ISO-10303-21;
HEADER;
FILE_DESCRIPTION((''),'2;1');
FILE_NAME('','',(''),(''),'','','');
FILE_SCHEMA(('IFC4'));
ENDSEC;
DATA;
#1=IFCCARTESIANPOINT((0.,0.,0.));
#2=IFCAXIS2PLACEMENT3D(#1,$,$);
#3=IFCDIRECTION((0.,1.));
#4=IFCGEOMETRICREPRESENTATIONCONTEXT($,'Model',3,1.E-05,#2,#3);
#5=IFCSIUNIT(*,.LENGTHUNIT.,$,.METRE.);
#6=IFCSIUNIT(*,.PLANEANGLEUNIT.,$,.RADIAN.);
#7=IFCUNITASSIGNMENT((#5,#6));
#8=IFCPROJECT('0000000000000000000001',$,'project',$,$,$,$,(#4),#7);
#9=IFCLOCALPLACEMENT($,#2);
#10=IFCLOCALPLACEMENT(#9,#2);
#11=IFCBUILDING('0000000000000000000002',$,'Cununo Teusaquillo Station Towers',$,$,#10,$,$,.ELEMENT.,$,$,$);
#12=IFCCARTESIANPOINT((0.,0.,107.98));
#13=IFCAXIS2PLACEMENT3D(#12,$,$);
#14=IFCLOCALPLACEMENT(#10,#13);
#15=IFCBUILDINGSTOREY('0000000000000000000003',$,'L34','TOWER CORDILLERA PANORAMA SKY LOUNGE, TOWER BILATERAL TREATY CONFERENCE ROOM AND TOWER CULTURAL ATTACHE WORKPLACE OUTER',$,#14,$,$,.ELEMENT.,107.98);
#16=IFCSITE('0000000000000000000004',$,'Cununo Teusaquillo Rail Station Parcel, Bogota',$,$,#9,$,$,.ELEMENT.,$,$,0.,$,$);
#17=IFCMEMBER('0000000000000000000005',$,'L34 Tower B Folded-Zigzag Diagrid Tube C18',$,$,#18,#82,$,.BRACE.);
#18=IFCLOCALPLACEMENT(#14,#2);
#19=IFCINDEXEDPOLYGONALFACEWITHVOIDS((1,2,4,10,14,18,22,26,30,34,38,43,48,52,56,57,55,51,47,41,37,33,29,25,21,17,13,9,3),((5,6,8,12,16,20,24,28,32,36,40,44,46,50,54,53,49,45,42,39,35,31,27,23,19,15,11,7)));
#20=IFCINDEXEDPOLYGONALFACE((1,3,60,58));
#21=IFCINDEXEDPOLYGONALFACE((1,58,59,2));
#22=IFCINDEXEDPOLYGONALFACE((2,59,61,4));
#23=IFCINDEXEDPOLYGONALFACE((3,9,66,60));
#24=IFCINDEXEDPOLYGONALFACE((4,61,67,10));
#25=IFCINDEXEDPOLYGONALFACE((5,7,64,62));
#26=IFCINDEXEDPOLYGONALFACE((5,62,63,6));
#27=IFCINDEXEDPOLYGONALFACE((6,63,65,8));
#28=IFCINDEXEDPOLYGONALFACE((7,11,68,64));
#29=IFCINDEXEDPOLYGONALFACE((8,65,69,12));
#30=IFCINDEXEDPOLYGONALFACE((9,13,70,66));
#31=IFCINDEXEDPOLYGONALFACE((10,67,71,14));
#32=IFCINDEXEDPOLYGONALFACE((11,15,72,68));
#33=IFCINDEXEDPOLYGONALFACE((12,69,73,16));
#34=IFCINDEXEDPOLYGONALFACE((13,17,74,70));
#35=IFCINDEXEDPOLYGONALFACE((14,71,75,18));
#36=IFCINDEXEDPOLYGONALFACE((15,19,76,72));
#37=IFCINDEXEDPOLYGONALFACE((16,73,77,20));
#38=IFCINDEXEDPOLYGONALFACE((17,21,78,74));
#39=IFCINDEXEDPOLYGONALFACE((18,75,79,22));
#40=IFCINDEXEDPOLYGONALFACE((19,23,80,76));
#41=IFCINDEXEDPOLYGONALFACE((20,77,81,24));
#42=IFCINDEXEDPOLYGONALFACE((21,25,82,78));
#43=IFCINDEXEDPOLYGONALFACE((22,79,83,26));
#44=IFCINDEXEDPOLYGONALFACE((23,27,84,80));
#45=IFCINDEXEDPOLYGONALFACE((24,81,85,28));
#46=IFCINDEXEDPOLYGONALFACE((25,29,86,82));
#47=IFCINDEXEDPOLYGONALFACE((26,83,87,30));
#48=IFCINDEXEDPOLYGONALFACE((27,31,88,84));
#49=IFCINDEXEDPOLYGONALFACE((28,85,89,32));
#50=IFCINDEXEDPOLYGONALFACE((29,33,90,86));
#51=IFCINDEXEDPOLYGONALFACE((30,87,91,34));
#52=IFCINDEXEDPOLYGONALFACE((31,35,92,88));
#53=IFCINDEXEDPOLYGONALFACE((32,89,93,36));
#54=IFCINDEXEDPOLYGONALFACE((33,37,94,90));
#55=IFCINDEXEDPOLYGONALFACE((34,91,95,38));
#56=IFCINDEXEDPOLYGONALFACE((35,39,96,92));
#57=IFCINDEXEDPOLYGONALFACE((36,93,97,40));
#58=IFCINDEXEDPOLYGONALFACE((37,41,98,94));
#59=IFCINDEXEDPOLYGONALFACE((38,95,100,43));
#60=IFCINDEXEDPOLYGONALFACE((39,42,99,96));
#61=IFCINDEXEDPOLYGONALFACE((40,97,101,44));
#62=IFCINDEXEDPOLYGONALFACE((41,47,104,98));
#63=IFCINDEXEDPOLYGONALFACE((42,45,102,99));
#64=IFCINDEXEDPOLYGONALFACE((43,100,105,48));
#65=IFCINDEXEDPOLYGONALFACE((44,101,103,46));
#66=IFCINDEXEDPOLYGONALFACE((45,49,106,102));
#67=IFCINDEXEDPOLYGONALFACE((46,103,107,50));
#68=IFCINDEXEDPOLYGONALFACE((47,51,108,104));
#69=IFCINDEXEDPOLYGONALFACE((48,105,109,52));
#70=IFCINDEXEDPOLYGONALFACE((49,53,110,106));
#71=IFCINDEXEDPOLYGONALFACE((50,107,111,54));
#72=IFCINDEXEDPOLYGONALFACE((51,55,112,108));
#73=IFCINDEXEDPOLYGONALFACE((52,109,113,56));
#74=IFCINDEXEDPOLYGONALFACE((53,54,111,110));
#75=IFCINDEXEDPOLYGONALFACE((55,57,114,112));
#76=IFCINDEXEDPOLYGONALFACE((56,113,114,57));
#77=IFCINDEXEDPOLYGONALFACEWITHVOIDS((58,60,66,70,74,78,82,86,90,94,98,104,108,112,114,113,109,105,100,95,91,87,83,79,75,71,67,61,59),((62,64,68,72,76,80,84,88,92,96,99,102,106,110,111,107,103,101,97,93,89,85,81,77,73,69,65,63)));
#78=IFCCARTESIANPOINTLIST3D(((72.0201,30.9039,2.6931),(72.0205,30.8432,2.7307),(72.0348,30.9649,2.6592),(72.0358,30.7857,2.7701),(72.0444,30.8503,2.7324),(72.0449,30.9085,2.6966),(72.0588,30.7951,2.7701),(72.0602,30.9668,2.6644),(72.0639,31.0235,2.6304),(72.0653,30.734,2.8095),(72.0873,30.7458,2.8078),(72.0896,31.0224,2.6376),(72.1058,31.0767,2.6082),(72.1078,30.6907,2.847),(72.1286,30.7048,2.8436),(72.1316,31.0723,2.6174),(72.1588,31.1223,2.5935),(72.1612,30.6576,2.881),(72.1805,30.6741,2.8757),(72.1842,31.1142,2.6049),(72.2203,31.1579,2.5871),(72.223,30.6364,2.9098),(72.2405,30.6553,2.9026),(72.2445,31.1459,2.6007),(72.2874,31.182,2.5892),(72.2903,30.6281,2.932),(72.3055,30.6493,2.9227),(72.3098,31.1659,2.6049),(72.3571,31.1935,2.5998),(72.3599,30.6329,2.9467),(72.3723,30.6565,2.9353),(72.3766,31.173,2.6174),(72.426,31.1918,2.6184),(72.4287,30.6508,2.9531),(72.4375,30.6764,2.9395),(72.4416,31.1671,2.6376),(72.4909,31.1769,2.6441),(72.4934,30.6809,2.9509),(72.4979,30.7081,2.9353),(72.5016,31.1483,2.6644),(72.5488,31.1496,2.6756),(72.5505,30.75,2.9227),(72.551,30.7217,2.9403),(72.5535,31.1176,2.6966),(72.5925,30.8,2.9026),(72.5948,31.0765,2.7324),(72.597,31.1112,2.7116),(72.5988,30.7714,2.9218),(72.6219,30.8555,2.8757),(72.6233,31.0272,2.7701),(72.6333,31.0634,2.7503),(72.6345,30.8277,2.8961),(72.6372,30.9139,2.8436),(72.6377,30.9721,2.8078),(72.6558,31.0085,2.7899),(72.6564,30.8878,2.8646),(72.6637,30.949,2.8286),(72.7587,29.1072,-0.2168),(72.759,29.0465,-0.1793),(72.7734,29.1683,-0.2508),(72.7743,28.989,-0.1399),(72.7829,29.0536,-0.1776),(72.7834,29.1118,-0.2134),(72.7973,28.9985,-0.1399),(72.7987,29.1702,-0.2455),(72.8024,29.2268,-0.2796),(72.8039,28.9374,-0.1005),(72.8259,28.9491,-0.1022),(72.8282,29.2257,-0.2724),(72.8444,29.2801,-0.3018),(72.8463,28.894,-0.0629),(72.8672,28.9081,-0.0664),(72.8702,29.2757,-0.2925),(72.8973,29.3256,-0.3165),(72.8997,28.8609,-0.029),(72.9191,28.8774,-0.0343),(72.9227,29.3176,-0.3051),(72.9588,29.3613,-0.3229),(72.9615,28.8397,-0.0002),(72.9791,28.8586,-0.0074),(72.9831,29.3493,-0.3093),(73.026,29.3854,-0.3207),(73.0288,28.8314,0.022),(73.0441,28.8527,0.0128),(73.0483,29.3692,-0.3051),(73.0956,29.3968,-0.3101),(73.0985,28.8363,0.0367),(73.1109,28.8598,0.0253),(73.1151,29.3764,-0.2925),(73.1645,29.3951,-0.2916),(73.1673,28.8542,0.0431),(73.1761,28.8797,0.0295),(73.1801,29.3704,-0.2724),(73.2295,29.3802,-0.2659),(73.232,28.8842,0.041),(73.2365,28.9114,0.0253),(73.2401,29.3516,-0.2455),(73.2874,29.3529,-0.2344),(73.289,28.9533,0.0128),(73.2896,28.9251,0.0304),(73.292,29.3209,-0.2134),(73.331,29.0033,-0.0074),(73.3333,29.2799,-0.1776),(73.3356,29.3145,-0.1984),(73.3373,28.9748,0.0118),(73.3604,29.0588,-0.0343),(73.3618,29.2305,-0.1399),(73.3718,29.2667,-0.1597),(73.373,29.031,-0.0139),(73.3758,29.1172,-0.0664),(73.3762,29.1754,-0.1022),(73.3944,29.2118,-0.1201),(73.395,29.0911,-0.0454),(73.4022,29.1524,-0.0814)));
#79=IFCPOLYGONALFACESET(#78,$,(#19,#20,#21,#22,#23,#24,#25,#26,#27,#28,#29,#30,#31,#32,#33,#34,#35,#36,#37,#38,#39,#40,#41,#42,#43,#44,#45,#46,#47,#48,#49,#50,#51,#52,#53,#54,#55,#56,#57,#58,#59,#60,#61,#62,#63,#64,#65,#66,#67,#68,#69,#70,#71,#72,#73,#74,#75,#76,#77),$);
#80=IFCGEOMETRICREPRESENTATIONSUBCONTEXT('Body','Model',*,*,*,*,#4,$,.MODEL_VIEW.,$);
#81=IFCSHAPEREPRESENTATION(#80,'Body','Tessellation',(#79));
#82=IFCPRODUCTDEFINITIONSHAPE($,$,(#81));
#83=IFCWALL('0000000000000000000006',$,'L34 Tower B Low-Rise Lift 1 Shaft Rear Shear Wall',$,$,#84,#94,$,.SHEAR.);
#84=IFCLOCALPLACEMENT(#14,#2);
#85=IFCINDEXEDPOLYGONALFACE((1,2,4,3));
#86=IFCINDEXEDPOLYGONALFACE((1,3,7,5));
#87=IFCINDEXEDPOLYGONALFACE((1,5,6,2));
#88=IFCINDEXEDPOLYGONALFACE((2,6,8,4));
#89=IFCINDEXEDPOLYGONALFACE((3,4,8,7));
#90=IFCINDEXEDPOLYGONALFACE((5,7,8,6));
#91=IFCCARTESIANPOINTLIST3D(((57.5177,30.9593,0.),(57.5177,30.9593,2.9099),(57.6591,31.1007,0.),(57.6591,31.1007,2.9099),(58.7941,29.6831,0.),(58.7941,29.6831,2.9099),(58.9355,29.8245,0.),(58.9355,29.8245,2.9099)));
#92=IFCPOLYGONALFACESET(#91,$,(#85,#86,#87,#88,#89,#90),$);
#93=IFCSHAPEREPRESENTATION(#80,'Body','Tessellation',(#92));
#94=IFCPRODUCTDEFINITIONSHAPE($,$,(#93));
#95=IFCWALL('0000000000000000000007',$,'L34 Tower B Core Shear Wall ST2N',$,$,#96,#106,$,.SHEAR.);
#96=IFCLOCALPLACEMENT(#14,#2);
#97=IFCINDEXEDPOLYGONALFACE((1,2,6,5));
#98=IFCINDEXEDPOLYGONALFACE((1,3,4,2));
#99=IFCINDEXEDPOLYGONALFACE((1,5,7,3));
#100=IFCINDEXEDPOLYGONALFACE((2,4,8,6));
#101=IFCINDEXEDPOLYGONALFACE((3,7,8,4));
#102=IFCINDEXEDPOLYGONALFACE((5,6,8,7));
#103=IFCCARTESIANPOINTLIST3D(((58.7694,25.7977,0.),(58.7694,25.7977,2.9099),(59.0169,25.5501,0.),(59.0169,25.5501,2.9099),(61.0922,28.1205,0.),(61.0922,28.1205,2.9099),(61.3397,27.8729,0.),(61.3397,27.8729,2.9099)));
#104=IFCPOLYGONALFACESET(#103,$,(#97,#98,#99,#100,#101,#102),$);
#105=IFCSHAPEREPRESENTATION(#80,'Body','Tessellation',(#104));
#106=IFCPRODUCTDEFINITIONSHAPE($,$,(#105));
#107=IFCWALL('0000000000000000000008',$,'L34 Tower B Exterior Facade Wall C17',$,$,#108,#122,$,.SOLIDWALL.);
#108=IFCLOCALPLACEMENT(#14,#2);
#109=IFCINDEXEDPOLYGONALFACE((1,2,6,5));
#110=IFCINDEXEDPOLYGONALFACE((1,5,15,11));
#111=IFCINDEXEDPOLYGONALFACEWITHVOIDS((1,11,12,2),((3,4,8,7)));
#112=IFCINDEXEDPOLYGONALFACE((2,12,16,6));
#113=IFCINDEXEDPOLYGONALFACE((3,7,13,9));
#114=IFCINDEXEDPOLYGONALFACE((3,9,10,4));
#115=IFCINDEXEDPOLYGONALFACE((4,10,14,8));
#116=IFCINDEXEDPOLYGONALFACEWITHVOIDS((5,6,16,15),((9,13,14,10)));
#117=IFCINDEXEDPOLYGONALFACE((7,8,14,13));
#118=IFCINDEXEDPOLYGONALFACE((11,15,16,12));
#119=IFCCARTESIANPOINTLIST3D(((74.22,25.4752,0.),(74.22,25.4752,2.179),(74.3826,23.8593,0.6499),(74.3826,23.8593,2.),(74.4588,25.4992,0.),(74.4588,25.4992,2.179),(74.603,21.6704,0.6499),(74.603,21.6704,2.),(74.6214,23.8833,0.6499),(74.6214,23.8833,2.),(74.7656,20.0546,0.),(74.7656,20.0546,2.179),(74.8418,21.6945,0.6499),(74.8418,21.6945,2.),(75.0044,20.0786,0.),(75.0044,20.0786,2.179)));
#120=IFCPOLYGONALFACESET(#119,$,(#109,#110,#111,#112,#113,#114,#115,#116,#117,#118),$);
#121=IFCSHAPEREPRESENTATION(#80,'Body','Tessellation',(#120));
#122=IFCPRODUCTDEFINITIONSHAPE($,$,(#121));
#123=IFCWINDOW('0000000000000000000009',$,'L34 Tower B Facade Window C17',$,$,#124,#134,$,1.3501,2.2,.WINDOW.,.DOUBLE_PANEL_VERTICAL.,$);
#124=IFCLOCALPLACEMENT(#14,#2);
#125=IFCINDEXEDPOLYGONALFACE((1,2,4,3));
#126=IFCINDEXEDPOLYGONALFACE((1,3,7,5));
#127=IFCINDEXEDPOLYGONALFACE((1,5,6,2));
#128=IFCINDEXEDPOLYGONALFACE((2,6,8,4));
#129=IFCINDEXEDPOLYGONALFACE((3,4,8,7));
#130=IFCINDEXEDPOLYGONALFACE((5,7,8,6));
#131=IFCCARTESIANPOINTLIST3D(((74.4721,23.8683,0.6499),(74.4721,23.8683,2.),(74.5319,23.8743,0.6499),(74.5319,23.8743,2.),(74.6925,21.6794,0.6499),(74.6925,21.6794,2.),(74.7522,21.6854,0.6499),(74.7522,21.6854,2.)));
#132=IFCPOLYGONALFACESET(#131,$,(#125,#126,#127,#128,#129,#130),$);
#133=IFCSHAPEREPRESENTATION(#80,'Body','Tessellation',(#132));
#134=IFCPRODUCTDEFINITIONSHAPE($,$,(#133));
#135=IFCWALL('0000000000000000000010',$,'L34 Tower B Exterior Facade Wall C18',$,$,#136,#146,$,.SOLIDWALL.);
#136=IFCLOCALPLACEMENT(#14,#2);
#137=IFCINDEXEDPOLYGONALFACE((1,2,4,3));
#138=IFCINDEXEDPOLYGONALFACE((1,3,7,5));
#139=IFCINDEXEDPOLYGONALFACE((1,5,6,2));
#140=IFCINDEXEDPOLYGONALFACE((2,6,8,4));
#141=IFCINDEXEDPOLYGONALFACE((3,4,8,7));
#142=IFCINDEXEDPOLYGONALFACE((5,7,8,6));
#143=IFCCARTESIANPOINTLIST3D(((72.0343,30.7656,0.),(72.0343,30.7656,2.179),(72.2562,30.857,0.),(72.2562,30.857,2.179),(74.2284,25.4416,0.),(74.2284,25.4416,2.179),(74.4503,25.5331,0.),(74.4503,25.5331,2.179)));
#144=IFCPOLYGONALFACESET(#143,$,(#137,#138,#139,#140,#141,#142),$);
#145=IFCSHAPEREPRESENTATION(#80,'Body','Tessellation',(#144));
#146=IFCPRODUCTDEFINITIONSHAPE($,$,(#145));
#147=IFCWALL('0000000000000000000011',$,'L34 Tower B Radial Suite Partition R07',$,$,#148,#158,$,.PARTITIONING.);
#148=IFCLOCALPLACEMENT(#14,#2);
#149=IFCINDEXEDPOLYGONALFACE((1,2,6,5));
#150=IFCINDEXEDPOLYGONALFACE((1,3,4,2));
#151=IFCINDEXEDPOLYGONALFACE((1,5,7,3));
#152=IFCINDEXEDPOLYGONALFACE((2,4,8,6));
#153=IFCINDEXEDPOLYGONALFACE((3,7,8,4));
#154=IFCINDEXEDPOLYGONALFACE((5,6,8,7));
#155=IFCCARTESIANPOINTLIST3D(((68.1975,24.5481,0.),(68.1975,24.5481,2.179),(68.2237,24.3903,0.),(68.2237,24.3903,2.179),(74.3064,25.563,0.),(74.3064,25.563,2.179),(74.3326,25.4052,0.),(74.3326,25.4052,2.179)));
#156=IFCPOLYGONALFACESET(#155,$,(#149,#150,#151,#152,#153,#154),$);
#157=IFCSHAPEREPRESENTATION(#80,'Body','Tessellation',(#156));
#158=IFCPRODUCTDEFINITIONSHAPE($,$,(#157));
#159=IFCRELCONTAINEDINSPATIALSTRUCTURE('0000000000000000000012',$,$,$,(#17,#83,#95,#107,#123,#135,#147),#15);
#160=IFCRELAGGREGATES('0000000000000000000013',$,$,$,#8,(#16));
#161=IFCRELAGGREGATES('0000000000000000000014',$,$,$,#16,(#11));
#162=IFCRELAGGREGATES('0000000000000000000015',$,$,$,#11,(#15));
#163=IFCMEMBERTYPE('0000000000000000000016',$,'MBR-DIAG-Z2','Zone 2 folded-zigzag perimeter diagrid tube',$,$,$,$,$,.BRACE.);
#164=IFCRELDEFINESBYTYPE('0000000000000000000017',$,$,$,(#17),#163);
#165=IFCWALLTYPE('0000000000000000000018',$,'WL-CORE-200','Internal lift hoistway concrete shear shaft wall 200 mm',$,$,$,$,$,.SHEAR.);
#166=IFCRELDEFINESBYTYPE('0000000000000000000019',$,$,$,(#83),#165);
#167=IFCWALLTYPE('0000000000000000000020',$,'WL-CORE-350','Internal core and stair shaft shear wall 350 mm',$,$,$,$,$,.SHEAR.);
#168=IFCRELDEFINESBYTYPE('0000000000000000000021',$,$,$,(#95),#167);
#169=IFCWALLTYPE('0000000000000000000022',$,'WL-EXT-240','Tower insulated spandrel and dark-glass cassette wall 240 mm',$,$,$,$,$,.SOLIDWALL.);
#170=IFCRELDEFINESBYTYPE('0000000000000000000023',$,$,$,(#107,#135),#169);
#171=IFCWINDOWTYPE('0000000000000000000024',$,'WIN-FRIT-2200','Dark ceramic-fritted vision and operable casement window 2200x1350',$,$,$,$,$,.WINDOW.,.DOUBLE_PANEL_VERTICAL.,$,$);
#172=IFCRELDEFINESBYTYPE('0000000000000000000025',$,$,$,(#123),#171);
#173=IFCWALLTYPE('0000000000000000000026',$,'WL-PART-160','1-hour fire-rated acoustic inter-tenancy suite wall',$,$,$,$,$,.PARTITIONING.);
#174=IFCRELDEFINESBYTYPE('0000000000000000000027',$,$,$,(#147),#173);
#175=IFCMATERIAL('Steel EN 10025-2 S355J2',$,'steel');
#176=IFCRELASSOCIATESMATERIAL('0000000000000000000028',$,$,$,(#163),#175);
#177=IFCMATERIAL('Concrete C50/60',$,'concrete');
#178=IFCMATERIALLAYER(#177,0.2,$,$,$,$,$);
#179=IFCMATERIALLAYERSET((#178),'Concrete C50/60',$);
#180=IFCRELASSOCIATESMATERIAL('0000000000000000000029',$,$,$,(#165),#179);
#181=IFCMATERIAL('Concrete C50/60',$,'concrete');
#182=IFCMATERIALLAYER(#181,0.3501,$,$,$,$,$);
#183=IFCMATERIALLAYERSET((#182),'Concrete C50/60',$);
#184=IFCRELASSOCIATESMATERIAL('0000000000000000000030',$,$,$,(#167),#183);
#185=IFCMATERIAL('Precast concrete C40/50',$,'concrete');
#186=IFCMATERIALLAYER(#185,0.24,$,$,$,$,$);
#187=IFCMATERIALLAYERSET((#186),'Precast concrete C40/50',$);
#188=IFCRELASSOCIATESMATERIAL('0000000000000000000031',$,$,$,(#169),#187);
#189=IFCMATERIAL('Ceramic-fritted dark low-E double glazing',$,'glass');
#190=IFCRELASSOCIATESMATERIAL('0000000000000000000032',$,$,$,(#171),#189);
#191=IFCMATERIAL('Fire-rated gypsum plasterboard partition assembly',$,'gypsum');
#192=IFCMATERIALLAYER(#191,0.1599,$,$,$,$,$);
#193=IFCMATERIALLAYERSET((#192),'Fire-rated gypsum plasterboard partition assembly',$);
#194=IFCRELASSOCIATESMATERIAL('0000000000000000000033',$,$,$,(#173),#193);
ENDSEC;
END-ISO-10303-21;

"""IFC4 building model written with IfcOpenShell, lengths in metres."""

from ifc_helpers import new_model, si_unit, direction, frame, frame_2d, origin, origin_2d, place, context, subcontext, project, spatial, rectangle, hollow_circle, extrude, source, transform, mapped, material, layer, layer_set, material_profile, profile_set, type_object, element, fill, save


model = new_model("IFC4")

# Units and contexts
model_context = context("Model", 3, precision=1e-05, world=origin(), true_north=direction((0.0, 1.0)))
body_context = subcontext(model_context, "Body", "Model", "MODEL_VIEW")
ifc_project = project(units=[si_unit("LENGTHUNIT", "METRE"), si_unit("PLANEANGLEUNIT", "RADIAN")], contexts=[model_context])

# Site, building, storey
site_placement = place(None, origin())
site = spatial("IfcSite", under=ifc_project, at=site_placement, Name="Cununo Teusaquillo Rail Station Parcel, Bogota", CompositionType="ELEMENT", RefElevation=0.0)
building_placement = place(site_placement, origin())
building = spatial("IfcBuilding", under=site, at=building_placement, Name="Cununo Teusaquillo Station Towers", CompositionType="ELEMENT")
storey_placement = place(building_placement, frame((0.0, 0.0, 107.98)))
storey = spatial("IfcBuildingStorey", under=building, at=storey_placement, Name="L34", Description="TOWER CORDILLERA PANORAMA SKY LOUNGE, TOWER BILATERAL TREATY CONFERENCE ROOM AND TOWER CULTURAL ATTACHE WORKPLACE OUTER", CompositionType="ELEMENT", Elevation=107.98)

# Member
ifc_material_1 = material(Name="Steel EN 10025-2 S355J2", Category="steel")
ifc_material_profile_1 = material_profile(ifc_material_1, hollow_circle(Radius=0.3301, WallThickness=0.0249, at=origin_2d()), Name="CHS 660x25")
ifc_profile_set_1 = profile_set([ifc_material_profile_1], Name="Steel EN 10025-2 S355J2")
member_type = type_object("IfcMemberType", Name="MBR-DIAG-Z2", Description="Zone 2 folded-zigzag perimeter diagrid tube", PredefinedType="BRACE", material=ifc_profile_set_1)
member_placement = place(storey_placement, frame((73.0796, 29.1145, -0.1399), z_axis=(-0.211086, 0.513514, 0.831713), x_axis=(-0.924907, -0.380193, 0.0)))
element("IfcMember", 1, at=member_placement, inside=storey, type_object=member_type, Name="L34 Tower B Folded-Zigzag Diagrid Tube C18", PredefinedType="BRACE", context=body_context, shape_type="SweptSolid", body=[
    extrude(hollow_circle(Radius=0.3301, WallThickness=0.0249, at=origin_2d()), origin(), (0.0, 0.0, 1.0), 3.4988),
])

# Walls
ifc_material_2 = material(Name="Concrete C50/60", Category="concrete")
ifc_layer_1 = layer(ifc_material_2, 0.2)
ifc_layer_set_1 = layer_set([ifc_layer_1], Name="Concrete C50/60")
wall_type_1 = type_object("IfcWallType", Name="WL-CORE-200", Description="Internal lift hoistway concrete shear shaft wall 200 mm", PredefinedType="SHEAR", material=ifc_layer_set_1)
wall_1_placement = place(storey_placement, frame((58.8647, 29.7539, 0.0), z_axis=(0.0, 0.0, 1.0), x_axis=(-0.707174, 0.707039, 0.0)))
element("IfcWall", 2, at=wall_1_placement, inside=storey, type_object=wall_type_1, Name="L34 Tower B Low-Rise Lift 1 Shaft Rear Shear Wall", PredefinedType="SHEAR", context=body_context, shape_type="SweptSolid", body=[
    extrude(rectangle(XDim=1.8049, YDim=0.2, at=frame_2d((0.9023, 0.0))), origin(), (0.0, 0.0, 1.0), 2.9099),
])
ifc_material_3 = material(Name="Concrete C50/60", Category="concrete")
ifc_layer_2 = layer(ifc_material_3, 0.3501)
ifc_layer_set_2 = layer_set([ifc_layer_2], Name="Concrete C50/60")
wall_type_2 = type_object("IfcWallType", Name="WL-CORE-350", Description="Internal core and stair shaft shear wall 350 mm", PredefinedType="SHEAR", material=ifc_layer_set_2)
wall_2_placement = place(storey_placement, frame((58.8931, 25.6738, 0.0), z_axis=(0.0, 0.0, 1.0), x_axis=(0.707107, 0.707107, 0.0)))
element("IfcWall", 3, at=wall_2_placement, inside=storey, type_object=wall_type_2, Name="L34 Tower B Core Shear Wall ST2N", PredefinedType="SHEAR", context=body_context, shape_type="SweptSolid", body=[
    extrude(rectangle(XDim=3.2849, YDim=0.3501, at=frame_2d((1.6426, 0.0))), origin(), (0.0, 0.0, 1.0), 2.9099),
])

# Wall, opening, window
ifc_material_4 = material(Name="Precast concrete C40/50", Category="concrete")
ifc_layer_3 = layer(ifc_material_4, 0.24)
ifc_layer_set_3 = layer_set([ifc_layer_3], Name="Precast concrete C40/50")
wall_type_3 = type_object("IfcWallType", Name="WL-EXT-240", Description="Tower insulated spandrel and dark-glass cassette wall 240 mm", PredefinedType="SOLIDWALL", material=ifc_layer_set_3)
wall_3_placement = place(storey_placement, frame((74.3394, 25.4873, 0.0), z_axis=(0.0, 0.0, 1.0), x_axis=(0.100156, -0.994972, 0.0)))
wall_3 = element("IfcWall", 4, at=wall_3_placement, inside=storey, type_object=wall_type_3, Name="L34 Tower B Exterior Facade Wall C17", PredefinedType="SOLIDWALL", context=body_context, shape_type="SweptSolid", body=[
    extrude(rectangle(XDim=5.448, YDim=0.24, at=frame_2d((2.7241, 0.0))), origin(), (0.0, 0.0, 1.0), 2.179),
])
shared_shape_1 = source(origin(), body_context, "Body", "SweptSolid", [
    extrude(rectangle(XDim=2.2, YDim=1.3501, at=frame_2d((1.1001, 0.675))), frame((0.0, 0.1299, 0.0), z_axis=(0.0, -1.0, 0.0), x_axis=(1.0, 0.0, 0.0)), (0.0, 0.0, 1.0), 0.26),
])
opening_1_placement = place(wall_3_placement, frame((1.624, 0.0, 0.6499)))
opening_1 = element("IfcOpeningElement", 5, at=opening_1_placement, cuts=wall_3, PredefinedType="OPENING", context=body_context, shape_type="MappedRepresentation", body=[
    mapped(shared_shape_1, transform((0.0, 0.0, 0.0), x_axis=(1.0, 0.0, 0.0), y_axis=(0.0, 1.0, 0.0), z_axis=(0.0, 0.0, 1.0), scale=1.0)),
])
ifc_material_5 = material(Name="Ceramic-fritted dark low-E double glazing", Category="glass")
window_type = type_object("IfcWindowType", Name="WIN-FRIT-2200", Description="Dark ceramic-fritted vision and operable casement window 2200x1350", PartitioningType="DOUBLE_PANEL_VERTICAL", PredefinedType="WINDOW", material=ifc_material_5)
shared_shape_2 = source(origin(), body_context, "Body", "SweptSolid", [
    extrude(rectangle(XDim=2.2, YDim=1.3501, at=frame_2d((1.1001, 0.675))), frame((0.0, 0.03, 0.0), z_axis=(0.0, -1.0, 0.0), x_axis=(1.0, 0.0, 0.0)), (0.0, 0.0, 1.0), 0.0601),
])
window_placement = place(opening_1_placement, origin())
window = element("IfcWindow", 6, at=window_placement, inside=storey, type_object=window_type, Name="L34 Tower B Facade Window C17", OverallHeight=1.3501, OverallWidth=2.2, PartitioningType="DOUBLE_PANEL_VERTICAL", PredefinedType="WINDOW", context=body_context, shape_type="MappedRepresentation", body=[
    mapped(shared_shape_2, transform((0.0, 0.0, 0.0), x_axis=(1.0, 0.0, 0.0), y_axis=(0.0, 1.0, 0.0), z_axis=(0.0, 0.0, 1.0), scale=1.0)),
])
fill(opening_1, window)

# Walls
wall_4_placement = place(storey_placement, frame((72.1453, 30.8113, 0.0), z_axis=(0.0, 0.0, 1.0), x_axis=(0.381027, -0.924564, 0.0)))
element("IfcWall", 7, at=wall_4_placement, inside=storey, type_object=wall_type_3, Name="L34 Tower B Exterior Facade Wall C18", PredefinedType="SOLIDWALL", context=body_context, shape_type="SweptSolid", body=[
    extrude(rectangle(XDim=5.7583, YDim=0.24, at=frame_2d((2.8792, 0.0))), origin(), (0.0, 0.0, 1.0), 2.179),
])
ifc_material_6 = material(Name="Fire-rated gypsum plasterboard partition assembly", Category="gypsum")
ifc_layer_4 = layer(ifc_material_6, 0.1599)
ifc_layer_set_4 = layer_set([ifc_layer_4], Name="Fire-rated gypsum plasterboard partition assembly")
wall_type_4 = type_object("IfcWallType", Name="WL-PART-160", Description="1-hour fire-rated acoustic inter-tenancy suite wall", PredefinedType="PARTITIONING", material=ifc_layer_set_4)
wall_5_placement = place(storey_placement, frame((68.2107, 24.4692, 0.0), z_axis=(0.0, 0.0, 1.0), x_axis=(0.986479, 0.163888, 0.0)))
element("IfcWall", 8, at=wall_5_placement, inside=storey, type_object=wall_type_4, Name="L34 Tower B Radial Suite Partition R07", PredefinedType="PARTITIONING", context=body_context, shape_type="SweptSolid", body=[
    extrude(rectangle(XDim=6.1926, YDim=0.1599, at=frame_2d((3.0962, 0.0))), origin(), (0.0, 0.0, 1.0), 2.179),
])

save(model, "model.ifc")
